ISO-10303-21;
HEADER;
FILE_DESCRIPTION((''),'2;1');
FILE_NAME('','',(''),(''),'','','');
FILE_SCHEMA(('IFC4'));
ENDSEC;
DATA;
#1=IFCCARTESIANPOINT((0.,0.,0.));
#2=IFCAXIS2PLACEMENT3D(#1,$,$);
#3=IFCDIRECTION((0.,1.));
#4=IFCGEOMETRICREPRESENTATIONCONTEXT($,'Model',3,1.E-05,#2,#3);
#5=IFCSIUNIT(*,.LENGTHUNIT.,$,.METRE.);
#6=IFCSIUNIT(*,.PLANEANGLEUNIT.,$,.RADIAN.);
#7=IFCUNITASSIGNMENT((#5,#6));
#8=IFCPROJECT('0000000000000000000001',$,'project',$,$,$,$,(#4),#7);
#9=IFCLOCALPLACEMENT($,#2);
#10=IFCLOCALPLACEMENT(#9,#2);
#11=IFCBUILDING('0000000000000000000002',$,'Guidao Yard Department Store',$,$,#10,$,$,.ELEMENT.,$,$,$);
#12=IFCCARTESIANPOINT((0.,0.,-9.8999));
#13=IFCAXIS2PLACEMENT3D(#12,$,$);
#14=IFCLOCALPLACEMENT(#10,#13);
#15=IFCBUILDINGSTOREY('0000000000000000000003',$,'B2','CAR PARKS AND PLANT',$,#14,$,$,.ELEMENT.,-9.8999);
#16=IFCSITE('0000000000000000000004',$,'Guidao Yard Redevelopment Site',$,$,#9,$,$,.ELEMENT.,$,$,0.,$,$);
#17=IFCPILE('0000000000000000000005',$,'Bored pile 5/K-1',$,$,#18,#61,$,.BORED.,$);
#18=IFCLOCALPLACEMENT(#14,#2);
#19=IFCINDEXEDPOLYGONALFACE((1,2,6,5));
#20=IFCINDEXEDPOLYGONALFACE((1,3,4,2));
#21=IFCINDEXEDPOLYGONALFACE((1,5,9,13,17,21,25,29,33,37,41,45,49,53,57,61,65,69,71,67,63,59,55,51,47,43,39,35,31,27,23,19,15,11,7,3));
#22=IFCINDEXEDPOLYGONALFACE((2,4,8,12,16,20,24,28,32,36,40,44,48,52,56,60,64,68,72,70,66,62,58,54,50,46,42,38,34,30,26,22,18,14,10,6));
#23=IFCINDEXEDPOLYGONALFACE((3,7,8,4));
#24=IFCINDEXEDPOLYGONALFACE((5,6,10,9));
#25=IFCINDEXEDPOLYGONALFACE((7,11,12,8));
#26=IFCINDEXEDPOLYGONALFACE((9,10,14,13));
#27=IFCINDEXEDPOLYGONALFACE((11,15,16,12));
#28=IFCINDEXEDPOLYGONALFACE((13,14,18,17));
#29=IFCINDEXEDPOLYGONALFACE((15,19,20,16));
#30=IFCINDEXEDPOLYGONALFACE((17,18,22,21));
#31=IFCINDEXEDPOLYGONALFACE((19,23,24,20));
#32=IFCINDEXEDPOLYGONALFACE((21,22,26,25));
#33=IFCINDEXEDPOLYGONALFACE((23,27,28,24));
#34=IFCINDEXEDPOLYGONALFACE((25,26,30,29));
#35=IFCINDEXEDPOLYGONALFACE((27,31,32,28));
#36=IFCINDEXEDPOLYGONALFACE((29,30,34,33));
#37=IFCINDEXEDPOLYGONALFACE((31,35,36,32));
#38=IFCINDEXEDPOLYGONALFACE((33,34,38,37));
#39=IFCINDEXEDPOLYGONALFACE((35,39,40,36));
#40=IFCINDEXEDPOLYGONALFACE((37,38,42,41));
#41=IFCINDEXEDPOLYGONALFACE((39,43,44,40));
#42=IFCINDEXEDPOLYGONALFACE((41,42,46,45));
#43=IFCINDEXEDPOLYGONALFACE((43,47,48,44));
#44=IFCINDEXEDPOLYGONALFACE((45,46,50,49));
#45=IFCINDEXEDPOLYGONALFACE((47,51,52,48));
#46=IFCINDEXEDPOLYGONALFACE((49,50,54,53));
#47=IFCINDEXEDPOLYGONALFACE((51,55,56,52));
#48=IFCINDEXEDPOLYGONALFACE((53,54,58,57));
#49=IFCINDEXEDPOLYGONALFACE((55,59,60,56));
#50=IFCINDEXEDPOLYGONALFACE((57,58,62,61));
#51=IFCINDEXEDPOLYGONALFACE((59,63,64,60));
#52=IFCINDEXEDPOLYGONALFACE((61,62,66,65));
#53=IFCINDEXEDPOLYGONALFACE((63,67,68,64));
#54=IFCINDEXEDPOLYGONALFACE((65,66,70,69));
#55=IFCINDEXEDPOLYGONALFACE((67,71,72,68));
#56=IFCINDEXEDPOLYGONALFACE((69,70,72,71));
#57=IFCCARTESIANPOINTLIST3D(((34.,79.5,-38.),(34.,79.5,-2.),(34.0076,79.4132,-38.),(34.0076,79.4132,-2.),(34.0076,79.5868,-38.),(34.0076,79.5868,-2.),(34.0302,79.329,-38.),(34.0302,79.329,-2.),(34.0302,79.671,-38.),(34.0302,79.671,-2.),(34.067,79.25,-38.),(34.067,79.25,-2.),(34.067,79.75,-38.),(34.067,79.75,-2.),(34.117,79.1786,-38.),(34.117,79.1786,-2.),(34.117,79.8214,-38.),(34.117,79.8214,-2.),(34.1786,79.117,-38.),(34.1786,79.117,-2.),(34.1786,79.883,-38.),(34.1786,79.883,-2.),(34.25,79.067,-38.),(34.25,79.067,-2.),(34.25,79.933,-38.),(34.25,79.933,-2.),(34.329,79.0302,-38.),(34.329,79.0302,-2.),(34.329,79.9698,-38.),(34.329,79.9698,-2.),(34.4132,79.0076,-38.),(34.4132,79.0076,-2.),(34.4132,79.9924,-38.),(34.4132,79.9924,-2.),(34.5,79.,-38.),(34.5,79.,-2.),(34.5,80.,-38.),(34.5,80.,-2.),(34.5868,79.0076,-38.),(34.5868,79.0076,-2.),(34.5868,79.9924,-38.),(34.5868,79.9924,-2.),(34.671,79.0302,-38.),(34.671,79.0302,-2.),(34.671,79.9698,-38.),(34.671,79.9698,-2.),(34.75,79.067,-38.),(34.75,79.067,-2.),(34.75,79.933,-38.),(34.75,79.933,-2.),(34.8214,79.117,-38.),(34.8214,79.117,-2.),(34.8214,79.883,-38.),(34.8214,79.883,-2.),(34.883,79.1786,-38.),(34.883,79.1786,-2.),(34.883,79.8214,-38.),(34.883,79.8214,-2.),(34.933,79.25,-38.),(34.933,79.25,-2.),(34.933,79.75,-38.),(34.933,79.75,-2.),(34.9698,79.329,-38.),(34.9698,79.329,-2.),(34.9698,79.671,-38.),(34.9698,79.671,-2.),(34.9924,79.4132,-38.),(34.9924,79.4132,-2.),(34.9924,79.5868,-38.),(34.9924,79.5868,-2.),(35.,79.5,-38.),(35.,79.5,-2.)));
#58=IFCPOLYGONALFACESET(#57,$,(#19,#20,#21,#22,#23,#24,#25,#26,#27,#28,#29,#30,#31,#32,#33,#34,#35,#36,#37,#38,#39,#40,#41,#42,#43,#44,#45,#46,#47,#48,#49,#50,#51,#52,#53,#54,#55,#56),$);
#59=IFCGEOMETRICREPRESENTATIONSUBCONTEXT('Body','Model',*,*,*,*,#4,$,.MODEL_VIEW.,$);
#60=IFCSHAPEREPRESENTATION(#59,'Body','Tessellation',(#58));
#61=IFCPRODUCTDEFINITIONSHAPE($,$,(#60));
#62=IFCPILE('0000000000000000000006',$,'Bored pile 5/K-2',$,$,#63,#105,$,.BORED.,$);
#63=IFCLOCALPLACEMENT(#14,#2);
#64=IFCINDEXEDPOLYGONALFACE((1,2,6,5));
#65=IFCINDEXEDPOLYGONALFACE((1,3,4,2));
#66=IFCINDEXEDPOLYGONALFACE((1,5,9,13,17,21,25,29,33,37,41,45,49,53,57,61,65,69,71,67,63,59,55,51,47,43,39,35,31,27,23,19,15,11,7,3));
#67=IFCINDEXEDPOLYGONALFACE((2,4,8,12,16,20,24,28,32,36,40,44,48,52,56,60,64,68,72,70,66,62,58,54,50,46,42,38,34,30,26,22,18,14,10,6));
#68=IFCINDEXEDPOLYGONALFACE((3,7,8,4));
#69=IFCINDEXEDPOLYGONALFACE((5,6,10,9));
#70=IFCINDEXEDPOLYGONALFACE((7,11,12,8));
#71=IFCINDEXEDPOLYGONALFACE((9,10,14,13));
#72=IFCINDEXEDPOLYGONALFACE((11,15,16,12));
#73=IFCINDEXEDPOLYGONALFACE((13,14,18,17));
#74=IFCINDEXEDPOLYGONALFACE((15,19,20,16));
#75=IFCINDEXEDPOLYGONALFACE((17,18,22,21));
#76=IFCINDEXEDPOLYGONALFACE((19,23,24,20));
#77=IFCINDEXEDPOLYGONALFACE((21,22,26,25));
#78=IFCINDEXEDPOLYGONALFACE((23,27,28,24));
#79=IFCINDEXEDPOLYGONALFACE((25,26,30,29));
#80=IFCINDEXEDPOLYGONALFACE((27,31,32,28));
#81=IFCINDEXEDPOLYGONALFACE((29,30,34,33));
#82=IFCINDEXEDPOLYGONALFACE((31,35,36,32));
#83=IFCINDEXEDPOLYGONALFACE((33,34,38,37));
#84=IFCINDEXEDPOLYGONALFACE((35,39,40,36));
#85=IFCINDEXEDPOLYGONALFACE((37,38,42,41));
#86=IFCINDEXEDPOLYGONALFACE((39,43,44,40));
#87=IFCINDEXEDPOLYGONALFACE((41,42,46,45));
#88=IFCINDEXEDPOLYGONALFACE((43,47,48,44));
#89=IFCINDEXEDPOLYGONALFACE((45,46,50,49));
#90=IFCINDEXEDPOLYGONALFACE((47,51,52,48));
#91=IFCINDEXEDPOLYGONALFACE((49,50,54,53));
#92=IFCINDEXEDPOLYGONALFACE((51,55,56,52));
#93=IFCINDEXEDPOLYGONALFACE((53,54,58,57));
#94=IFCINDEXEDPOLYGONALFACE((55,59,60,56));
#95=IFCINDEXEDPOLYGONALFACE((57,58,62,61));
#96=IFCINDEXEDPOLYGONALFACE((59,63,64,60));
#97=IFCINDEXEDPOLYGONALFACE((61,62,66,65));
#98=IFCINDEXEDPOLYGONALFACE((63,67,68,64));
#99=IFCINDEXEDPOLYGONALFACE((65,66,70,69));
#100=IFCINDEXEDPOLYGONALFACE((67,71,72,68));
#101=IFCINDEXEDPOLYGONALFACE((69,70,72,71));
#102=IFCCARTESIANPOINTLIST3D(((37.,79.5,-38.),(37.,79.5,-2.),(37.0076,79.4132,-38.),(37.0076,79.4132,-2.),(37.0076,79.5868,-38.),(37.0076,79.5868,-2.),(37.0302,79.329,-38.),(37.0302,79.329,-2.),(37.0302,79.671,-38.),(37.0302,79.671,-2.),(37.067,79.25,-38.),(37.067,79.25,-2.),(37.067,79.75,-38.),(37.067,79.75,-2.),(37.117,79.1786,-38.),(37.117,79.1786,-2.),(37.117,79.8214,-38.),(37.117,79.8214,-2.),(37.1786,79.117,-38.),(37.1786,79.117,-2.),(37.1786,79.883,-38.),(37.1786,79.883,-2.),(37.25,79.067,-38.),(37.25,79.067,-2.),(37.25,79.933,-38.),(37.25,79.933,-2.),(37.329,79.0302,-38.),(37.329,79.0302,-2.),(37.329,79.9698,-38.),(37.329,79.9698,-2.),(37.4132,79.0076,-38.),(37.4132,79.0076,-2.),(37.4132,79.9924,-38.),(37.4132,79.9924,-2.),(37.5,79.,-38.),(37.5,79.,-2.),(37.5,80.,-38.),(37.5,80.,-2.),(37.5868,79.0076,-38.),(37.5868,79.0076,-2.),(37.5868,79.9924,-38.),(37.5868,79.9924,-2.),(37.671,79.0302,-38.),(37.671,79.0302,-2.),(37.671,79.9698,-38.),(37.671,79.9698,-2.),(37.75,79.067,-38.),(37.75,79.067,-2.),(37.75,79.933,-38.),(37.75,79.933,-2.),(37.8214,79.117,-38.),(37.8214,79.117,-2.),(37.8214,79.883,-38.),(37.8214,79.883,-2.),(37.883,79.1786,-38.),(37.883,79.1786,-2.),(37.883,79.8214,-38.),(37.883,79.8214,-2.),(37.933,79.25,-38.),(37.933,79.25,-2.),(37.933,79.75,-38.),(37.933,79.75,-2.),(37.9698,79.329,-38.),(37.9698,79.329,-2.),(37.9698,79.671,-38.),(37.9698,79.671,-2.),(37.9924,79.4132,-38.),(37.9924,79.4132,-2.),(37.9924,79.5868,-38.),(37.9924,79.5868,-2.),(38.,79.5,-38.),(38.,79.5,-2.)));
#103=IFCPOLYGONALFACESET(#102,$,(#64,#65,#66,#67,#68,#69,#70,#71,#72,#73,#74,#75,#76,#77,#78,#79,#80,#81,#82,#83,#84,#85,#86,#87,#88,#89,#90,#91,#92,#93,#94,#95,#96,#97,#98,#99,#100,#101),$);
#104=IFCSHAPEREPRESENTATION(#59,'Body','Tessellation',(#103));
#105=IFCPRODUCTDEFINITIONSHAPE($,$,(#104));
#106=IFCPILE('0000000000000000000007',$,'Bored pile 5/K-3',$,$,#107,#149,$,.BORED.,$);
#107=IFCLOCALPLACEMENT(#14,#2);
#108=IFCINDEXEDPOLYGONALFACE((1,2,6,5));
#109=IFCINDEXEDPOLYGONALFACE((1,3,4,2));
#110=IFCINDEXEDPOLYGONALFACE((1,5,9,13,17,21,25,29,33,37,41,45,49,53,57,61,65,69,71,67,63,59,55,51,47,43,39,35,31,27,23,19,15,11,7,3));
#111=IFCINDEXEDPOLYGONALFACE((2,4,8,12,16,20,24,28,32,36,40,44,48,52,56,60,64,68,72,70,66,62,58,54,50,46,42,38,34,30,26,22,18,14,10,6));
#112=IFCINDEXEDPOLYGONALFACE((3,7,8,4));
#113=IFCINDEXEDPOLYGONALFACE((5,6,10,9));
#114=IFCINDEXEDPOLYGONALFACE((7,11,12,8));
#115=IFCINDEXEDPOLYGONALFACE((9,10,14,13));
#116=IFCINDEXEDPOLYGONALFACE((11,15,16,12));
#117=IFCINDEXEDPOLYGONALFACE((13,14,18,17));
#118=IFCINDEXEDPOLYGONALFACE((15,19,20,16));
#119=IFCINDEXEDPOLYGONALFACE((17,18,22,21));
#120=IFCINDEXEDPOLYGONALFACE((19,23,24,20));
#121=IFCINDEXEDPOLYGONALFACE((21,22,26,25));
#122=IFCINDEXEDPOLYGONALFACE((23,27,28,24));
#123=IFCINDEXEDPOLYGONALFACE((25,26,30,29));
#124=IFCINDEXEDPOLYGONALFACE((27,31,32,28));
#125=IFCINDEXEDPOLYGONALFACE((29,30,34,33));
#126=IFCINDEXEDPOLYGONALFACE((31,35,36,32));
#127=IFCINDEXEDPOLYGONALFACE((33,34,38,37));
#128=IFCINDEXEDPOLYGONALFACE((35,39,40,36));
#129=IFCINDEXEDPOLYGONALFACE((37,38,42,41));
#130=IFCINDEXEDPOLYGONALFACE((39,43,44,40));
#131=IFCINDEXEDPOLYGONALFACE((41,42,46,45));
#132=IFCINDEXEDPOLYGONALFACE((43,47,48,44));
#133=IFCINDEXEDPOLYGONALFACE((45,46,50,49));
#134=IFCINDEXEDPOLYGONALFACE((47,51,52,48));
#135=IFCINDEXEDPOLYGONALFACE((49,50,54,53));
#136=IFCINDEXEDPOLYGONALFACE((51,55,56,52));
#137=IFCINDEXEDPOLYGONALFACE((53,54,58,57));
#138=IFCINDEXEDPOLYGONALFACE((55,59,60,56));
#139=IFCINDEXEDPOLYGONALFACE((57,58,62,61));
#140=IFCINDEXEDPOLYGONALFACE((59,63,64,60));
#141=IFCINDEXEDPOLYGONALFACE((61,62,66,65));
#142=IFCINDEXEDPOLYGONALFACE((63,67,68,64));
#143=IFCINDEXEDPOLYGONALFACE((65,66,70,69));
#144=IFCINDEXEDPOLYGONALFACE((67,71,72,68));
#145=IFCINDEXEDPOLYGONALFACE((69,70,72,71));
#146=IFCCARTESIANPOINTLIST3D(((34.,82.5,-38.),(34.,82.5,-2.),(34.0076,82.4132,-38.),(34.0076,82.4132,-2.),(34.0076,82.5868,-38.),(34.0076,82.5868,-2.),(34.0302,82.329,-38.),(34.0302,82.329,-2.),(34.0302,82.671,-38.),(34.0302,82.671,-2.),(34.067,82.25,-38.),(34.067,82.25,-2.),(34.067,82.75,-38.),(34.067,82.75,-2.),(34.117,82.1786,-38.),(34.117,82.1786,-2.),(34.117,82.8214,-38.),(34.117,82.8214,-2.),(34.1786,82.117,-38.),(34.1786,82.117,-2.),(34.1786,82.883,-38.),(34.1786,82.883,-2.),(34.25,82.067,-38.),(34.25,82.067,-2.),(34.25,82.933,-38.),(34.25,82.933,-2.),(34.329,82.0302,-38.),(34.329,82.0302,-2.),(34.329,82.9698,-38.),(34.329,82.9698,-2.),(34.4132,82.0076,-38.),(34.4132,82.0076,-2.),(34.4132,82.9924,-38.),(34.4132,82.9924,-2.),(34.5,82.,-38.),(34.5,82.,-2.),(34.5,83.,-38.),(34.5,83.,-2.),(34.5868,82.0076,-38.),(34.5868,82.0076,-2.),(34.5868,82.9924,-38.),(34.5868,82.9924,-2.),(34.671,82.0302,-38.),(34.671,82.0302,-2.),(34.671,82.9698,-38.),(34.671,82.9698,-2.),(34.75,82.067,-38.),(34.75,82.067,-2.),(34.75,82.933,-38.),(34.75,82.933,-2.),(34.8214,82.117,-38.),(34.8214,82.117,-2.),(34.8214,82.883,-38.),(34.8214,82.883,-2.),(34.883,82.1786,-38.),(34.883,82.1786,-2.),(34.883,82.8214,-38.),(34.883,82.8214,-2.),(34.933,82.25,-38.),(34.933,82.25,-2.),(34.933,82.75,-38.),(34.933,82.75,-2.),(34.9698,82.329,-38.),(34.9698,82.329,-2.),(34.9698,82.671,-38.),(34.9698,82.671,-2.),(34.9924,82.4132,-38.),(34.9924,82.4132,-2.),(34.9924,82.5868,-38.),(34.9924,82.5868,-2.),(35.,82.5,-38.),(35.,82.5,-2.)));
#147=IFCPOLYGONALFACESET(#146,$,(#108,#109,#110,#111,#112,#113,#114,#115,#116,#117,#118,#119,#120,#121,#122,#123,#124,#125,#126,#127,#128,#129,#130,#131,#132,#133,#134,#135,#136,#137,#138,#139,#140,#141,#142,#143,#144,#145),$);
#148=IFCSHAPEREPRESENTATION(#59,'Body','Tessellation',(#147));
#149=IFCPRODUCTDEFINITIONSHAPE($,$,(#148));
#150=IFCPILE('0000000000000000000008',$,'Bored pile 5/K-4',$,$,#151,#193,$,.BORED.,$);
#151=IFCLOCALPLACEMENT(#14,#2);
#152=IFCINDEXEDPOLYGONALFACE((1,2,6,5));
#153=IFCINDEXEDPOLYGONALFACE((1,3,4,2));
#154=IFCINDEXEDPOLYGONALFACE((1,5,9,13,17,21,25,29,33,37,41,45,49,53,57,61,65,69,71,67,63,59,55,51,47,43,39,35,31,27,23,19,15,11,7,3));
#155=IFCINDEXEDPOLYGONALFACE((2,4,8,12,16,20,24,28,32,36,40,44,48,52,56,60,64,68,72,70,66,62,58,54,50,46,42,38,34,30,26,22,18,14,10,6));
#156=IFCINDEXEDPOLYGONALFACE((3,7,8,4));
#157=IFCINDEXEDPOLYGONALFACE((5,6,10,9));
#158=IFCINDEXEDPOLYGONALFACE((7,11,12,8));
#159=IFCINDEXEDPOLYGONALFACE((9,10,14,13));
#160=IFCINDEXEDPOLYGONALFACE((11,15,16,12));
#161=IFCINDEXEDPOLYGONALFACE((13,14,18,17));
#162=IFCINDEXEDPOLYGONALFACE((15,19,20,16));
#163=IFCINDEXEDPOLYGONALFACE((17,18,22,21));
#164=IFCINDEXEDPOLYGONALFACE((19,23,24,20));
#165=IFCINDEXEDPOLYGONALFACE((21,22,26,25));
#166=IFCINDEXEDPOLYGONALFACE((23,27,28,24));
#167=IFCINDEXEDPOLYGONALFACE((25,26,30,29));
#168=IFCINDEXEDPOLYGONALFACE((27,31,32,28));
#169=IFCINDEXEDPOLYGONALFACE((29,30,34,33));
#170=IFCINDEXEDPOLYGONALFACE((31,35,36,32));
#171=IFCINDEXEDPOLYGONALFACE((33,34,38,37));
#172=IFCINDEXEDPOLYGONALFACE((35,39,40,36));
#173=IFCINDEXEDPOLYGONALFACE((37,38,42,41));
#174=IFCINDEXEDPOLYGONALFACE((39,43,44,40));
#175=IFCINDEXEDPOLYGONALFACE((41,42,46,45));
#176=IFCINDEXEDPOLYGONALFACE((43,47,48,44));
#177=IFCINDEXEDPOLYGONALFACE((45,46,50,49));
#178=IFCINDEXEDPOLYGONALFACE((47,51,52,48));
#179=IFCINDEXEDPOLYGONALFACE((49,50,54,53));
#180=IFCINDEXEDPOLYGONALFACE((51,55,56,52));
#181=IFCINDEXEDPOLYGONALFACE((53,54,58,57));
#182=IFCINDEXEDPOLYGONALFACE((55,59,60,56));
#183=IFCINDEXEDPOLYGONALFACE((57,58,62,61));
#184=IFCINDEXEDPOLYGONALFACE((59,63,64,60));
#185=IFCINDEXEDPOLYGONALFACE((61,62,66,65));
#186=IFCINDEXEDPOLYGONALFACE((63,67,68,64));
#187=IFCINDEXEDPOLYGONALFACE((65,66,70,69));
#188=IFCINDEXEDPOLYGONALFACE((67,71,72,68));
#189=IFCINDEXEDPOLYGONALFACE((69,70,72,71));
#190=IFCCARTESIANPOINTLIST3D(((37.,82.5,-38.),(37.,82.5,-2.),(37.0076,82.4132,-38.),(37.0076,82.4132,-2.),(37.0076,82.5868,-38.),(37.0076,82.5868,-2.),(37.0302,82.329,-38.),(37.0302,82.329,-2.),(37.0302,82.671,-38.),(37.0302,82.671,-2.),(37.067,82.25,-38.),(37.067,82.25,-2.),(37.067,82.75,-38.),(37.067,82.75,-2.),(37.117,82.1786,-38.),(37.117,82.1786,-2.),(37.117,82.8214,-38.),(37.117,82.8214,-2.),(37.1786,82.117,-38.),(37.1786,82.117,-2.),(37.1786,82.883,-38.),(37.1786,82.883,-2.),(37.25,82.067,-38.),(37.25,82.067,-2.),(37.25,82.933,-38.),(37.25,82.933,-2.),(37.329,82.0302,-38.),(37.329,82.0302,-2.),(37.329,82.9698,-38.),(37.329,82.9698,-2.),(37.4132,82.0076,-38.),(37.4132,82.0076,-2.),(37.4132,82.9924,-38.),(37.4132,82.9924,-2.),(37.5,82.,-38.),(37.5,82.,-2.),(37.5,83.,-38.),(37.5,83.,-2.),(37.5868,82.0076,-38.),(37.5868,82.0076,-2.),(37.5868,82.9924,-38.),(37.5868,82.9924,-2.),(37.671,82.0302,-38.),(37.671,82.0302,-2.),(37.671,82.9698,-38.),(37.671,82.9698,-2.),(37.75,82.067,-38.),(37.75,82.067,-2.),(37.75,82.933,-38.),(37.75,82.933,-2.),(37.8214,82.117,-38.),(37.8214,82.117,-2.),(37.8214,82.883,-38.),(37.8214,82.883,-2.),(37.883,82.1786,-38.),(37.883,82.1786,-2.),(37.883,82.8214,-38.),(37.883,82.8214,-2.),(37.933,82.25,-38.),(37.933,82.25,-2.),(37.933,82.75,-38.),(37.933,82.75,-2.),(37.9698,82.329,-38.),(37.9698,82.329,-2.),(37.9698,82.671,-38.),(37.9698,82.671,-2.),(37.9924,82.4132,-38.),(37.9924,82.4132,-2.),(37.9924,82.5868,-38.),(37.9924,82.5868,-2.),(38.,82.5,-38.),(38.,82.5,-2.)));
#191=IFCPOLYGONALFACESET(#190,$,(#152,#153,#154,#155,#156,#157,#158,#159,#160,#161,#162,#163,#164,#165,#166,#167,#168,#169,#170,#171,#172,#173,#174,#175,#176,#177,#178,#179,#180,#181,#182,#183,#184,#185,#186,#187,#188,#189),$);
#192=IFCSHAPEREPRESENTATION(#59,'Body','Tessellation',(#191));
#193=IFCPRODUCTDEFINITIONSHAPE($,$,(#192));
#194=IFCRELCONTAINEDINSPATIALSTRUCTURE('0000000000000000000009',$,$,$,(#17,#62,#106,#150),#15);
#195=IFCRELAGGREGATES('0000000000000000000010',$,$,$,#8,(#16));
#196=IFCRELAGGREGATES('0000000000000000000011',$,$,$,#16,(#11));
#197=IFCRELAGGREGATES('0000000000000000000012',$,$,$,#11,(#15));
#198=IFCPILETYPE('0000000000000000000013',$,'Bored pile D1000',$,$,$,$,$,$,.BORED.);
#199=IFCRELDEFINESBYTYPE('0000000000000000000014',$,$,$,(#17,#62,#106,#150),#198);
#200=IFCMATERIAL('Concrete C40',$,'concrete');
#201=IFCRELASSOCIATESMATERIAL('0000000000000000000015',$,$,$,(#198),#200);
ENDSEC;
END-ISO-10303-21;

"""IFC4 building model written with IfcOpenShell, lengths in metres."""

from ifc_helpers import new_model, si_unit, direction, frame, origin, origin_2d, place, context, subcontext, project, spatial, circle, extrude, material, material_profile, profile_set, type_object, element, save


model = new_model("IFC4")

# Units and contexts
model_context = context("Model", 3, precision=1e-05, world=origin(), true_north=direction((0.0, 1.0)))
body_context = subcontext(model_context, "Body", "Model", "MODEL_VIEW")
ifc_project = project(units=[si_unit("LENGTHUNIT", "METRE"), si_unit("PLANEANGLEUNIT", "RADIAN")], contexts=[model_context])

# Site, building, storey
site_placement = place(None, origin())
site = spatial("IfcSite", under=ifc_project, at=site_placement, Name="Guidao Yard Redevelopment Site", CompositionType="ELEMENT", RefElevation=0.0)
building_placement = place(site_placement, origin())
building = spatial("IfcBuilding", under=site, at=building_placement, Name="Guidao Yard Department Store", CompositionType="ELEMENT")
storey_placement = place(building_placement, frame((0.0, 0.0, -9.8999)))
storey = spatial("IfcBuildingStorey", under=building, at=storey_placement, Name="B2", Description="CAR PARKS AND PLANT", CompositionType="ELEMENT", Elevation=-9.8999)

# Piles
ifc_material_1 = material(Name="Concrete C40", Category="concrete")
ifc_material_profile_1 = material_profile(ifc_material_1, circle(Radius=0.5, at=origin_2d()), Name="Bored pile D1000")
ifc_profile_set_1 = profile_set([ifc_material_profile_1], Name="Concrete C40")
pile_type = type_object("IfcPileType", Name="Bored pile D1000", PredefinedType="BORED", material=ifc_profile_set_1)
for number, where, z_axis, x_axis, name in (
    (1, (34.5, 79.5, -2.0), (0.0, 0.0, -1.0), (1.0, 0.0, 0.0), "Bored pile 5/K-1"),
    (2, (37.5, 79.5, -2.0), (0.0, 0.0, -1.0), (1.0, 0.0, 0.0), "Bored pile 5/K-2"),
    (3, (34.5, 82.5, -2.0), (0.0, 0.0, -1.0), (1.0, 0.0, 0.0), "Bored pile 5/K-3"),
    (4, (37.5, 82.5, -2.0), (0.0, 0.0, -1.0), (1.0, 0.0, 0.0), "Bored pile 5/K-4"),
):
    element("IfcPile", number, at=place(storey_placement, frame(where, z_axis=z_axis, x_axis=x_axis)), inside=storey, type_object=pile_type, Name=name, PredefinedType="BORED", context=body_context, shape_type="SweptSolid", body=[
        extrude(circle(Radius=0.5, at=origin_2d()), origin(), (0.0, 0.0, 1.0), 36.0),
    ])

save(model, "model.ifc")
